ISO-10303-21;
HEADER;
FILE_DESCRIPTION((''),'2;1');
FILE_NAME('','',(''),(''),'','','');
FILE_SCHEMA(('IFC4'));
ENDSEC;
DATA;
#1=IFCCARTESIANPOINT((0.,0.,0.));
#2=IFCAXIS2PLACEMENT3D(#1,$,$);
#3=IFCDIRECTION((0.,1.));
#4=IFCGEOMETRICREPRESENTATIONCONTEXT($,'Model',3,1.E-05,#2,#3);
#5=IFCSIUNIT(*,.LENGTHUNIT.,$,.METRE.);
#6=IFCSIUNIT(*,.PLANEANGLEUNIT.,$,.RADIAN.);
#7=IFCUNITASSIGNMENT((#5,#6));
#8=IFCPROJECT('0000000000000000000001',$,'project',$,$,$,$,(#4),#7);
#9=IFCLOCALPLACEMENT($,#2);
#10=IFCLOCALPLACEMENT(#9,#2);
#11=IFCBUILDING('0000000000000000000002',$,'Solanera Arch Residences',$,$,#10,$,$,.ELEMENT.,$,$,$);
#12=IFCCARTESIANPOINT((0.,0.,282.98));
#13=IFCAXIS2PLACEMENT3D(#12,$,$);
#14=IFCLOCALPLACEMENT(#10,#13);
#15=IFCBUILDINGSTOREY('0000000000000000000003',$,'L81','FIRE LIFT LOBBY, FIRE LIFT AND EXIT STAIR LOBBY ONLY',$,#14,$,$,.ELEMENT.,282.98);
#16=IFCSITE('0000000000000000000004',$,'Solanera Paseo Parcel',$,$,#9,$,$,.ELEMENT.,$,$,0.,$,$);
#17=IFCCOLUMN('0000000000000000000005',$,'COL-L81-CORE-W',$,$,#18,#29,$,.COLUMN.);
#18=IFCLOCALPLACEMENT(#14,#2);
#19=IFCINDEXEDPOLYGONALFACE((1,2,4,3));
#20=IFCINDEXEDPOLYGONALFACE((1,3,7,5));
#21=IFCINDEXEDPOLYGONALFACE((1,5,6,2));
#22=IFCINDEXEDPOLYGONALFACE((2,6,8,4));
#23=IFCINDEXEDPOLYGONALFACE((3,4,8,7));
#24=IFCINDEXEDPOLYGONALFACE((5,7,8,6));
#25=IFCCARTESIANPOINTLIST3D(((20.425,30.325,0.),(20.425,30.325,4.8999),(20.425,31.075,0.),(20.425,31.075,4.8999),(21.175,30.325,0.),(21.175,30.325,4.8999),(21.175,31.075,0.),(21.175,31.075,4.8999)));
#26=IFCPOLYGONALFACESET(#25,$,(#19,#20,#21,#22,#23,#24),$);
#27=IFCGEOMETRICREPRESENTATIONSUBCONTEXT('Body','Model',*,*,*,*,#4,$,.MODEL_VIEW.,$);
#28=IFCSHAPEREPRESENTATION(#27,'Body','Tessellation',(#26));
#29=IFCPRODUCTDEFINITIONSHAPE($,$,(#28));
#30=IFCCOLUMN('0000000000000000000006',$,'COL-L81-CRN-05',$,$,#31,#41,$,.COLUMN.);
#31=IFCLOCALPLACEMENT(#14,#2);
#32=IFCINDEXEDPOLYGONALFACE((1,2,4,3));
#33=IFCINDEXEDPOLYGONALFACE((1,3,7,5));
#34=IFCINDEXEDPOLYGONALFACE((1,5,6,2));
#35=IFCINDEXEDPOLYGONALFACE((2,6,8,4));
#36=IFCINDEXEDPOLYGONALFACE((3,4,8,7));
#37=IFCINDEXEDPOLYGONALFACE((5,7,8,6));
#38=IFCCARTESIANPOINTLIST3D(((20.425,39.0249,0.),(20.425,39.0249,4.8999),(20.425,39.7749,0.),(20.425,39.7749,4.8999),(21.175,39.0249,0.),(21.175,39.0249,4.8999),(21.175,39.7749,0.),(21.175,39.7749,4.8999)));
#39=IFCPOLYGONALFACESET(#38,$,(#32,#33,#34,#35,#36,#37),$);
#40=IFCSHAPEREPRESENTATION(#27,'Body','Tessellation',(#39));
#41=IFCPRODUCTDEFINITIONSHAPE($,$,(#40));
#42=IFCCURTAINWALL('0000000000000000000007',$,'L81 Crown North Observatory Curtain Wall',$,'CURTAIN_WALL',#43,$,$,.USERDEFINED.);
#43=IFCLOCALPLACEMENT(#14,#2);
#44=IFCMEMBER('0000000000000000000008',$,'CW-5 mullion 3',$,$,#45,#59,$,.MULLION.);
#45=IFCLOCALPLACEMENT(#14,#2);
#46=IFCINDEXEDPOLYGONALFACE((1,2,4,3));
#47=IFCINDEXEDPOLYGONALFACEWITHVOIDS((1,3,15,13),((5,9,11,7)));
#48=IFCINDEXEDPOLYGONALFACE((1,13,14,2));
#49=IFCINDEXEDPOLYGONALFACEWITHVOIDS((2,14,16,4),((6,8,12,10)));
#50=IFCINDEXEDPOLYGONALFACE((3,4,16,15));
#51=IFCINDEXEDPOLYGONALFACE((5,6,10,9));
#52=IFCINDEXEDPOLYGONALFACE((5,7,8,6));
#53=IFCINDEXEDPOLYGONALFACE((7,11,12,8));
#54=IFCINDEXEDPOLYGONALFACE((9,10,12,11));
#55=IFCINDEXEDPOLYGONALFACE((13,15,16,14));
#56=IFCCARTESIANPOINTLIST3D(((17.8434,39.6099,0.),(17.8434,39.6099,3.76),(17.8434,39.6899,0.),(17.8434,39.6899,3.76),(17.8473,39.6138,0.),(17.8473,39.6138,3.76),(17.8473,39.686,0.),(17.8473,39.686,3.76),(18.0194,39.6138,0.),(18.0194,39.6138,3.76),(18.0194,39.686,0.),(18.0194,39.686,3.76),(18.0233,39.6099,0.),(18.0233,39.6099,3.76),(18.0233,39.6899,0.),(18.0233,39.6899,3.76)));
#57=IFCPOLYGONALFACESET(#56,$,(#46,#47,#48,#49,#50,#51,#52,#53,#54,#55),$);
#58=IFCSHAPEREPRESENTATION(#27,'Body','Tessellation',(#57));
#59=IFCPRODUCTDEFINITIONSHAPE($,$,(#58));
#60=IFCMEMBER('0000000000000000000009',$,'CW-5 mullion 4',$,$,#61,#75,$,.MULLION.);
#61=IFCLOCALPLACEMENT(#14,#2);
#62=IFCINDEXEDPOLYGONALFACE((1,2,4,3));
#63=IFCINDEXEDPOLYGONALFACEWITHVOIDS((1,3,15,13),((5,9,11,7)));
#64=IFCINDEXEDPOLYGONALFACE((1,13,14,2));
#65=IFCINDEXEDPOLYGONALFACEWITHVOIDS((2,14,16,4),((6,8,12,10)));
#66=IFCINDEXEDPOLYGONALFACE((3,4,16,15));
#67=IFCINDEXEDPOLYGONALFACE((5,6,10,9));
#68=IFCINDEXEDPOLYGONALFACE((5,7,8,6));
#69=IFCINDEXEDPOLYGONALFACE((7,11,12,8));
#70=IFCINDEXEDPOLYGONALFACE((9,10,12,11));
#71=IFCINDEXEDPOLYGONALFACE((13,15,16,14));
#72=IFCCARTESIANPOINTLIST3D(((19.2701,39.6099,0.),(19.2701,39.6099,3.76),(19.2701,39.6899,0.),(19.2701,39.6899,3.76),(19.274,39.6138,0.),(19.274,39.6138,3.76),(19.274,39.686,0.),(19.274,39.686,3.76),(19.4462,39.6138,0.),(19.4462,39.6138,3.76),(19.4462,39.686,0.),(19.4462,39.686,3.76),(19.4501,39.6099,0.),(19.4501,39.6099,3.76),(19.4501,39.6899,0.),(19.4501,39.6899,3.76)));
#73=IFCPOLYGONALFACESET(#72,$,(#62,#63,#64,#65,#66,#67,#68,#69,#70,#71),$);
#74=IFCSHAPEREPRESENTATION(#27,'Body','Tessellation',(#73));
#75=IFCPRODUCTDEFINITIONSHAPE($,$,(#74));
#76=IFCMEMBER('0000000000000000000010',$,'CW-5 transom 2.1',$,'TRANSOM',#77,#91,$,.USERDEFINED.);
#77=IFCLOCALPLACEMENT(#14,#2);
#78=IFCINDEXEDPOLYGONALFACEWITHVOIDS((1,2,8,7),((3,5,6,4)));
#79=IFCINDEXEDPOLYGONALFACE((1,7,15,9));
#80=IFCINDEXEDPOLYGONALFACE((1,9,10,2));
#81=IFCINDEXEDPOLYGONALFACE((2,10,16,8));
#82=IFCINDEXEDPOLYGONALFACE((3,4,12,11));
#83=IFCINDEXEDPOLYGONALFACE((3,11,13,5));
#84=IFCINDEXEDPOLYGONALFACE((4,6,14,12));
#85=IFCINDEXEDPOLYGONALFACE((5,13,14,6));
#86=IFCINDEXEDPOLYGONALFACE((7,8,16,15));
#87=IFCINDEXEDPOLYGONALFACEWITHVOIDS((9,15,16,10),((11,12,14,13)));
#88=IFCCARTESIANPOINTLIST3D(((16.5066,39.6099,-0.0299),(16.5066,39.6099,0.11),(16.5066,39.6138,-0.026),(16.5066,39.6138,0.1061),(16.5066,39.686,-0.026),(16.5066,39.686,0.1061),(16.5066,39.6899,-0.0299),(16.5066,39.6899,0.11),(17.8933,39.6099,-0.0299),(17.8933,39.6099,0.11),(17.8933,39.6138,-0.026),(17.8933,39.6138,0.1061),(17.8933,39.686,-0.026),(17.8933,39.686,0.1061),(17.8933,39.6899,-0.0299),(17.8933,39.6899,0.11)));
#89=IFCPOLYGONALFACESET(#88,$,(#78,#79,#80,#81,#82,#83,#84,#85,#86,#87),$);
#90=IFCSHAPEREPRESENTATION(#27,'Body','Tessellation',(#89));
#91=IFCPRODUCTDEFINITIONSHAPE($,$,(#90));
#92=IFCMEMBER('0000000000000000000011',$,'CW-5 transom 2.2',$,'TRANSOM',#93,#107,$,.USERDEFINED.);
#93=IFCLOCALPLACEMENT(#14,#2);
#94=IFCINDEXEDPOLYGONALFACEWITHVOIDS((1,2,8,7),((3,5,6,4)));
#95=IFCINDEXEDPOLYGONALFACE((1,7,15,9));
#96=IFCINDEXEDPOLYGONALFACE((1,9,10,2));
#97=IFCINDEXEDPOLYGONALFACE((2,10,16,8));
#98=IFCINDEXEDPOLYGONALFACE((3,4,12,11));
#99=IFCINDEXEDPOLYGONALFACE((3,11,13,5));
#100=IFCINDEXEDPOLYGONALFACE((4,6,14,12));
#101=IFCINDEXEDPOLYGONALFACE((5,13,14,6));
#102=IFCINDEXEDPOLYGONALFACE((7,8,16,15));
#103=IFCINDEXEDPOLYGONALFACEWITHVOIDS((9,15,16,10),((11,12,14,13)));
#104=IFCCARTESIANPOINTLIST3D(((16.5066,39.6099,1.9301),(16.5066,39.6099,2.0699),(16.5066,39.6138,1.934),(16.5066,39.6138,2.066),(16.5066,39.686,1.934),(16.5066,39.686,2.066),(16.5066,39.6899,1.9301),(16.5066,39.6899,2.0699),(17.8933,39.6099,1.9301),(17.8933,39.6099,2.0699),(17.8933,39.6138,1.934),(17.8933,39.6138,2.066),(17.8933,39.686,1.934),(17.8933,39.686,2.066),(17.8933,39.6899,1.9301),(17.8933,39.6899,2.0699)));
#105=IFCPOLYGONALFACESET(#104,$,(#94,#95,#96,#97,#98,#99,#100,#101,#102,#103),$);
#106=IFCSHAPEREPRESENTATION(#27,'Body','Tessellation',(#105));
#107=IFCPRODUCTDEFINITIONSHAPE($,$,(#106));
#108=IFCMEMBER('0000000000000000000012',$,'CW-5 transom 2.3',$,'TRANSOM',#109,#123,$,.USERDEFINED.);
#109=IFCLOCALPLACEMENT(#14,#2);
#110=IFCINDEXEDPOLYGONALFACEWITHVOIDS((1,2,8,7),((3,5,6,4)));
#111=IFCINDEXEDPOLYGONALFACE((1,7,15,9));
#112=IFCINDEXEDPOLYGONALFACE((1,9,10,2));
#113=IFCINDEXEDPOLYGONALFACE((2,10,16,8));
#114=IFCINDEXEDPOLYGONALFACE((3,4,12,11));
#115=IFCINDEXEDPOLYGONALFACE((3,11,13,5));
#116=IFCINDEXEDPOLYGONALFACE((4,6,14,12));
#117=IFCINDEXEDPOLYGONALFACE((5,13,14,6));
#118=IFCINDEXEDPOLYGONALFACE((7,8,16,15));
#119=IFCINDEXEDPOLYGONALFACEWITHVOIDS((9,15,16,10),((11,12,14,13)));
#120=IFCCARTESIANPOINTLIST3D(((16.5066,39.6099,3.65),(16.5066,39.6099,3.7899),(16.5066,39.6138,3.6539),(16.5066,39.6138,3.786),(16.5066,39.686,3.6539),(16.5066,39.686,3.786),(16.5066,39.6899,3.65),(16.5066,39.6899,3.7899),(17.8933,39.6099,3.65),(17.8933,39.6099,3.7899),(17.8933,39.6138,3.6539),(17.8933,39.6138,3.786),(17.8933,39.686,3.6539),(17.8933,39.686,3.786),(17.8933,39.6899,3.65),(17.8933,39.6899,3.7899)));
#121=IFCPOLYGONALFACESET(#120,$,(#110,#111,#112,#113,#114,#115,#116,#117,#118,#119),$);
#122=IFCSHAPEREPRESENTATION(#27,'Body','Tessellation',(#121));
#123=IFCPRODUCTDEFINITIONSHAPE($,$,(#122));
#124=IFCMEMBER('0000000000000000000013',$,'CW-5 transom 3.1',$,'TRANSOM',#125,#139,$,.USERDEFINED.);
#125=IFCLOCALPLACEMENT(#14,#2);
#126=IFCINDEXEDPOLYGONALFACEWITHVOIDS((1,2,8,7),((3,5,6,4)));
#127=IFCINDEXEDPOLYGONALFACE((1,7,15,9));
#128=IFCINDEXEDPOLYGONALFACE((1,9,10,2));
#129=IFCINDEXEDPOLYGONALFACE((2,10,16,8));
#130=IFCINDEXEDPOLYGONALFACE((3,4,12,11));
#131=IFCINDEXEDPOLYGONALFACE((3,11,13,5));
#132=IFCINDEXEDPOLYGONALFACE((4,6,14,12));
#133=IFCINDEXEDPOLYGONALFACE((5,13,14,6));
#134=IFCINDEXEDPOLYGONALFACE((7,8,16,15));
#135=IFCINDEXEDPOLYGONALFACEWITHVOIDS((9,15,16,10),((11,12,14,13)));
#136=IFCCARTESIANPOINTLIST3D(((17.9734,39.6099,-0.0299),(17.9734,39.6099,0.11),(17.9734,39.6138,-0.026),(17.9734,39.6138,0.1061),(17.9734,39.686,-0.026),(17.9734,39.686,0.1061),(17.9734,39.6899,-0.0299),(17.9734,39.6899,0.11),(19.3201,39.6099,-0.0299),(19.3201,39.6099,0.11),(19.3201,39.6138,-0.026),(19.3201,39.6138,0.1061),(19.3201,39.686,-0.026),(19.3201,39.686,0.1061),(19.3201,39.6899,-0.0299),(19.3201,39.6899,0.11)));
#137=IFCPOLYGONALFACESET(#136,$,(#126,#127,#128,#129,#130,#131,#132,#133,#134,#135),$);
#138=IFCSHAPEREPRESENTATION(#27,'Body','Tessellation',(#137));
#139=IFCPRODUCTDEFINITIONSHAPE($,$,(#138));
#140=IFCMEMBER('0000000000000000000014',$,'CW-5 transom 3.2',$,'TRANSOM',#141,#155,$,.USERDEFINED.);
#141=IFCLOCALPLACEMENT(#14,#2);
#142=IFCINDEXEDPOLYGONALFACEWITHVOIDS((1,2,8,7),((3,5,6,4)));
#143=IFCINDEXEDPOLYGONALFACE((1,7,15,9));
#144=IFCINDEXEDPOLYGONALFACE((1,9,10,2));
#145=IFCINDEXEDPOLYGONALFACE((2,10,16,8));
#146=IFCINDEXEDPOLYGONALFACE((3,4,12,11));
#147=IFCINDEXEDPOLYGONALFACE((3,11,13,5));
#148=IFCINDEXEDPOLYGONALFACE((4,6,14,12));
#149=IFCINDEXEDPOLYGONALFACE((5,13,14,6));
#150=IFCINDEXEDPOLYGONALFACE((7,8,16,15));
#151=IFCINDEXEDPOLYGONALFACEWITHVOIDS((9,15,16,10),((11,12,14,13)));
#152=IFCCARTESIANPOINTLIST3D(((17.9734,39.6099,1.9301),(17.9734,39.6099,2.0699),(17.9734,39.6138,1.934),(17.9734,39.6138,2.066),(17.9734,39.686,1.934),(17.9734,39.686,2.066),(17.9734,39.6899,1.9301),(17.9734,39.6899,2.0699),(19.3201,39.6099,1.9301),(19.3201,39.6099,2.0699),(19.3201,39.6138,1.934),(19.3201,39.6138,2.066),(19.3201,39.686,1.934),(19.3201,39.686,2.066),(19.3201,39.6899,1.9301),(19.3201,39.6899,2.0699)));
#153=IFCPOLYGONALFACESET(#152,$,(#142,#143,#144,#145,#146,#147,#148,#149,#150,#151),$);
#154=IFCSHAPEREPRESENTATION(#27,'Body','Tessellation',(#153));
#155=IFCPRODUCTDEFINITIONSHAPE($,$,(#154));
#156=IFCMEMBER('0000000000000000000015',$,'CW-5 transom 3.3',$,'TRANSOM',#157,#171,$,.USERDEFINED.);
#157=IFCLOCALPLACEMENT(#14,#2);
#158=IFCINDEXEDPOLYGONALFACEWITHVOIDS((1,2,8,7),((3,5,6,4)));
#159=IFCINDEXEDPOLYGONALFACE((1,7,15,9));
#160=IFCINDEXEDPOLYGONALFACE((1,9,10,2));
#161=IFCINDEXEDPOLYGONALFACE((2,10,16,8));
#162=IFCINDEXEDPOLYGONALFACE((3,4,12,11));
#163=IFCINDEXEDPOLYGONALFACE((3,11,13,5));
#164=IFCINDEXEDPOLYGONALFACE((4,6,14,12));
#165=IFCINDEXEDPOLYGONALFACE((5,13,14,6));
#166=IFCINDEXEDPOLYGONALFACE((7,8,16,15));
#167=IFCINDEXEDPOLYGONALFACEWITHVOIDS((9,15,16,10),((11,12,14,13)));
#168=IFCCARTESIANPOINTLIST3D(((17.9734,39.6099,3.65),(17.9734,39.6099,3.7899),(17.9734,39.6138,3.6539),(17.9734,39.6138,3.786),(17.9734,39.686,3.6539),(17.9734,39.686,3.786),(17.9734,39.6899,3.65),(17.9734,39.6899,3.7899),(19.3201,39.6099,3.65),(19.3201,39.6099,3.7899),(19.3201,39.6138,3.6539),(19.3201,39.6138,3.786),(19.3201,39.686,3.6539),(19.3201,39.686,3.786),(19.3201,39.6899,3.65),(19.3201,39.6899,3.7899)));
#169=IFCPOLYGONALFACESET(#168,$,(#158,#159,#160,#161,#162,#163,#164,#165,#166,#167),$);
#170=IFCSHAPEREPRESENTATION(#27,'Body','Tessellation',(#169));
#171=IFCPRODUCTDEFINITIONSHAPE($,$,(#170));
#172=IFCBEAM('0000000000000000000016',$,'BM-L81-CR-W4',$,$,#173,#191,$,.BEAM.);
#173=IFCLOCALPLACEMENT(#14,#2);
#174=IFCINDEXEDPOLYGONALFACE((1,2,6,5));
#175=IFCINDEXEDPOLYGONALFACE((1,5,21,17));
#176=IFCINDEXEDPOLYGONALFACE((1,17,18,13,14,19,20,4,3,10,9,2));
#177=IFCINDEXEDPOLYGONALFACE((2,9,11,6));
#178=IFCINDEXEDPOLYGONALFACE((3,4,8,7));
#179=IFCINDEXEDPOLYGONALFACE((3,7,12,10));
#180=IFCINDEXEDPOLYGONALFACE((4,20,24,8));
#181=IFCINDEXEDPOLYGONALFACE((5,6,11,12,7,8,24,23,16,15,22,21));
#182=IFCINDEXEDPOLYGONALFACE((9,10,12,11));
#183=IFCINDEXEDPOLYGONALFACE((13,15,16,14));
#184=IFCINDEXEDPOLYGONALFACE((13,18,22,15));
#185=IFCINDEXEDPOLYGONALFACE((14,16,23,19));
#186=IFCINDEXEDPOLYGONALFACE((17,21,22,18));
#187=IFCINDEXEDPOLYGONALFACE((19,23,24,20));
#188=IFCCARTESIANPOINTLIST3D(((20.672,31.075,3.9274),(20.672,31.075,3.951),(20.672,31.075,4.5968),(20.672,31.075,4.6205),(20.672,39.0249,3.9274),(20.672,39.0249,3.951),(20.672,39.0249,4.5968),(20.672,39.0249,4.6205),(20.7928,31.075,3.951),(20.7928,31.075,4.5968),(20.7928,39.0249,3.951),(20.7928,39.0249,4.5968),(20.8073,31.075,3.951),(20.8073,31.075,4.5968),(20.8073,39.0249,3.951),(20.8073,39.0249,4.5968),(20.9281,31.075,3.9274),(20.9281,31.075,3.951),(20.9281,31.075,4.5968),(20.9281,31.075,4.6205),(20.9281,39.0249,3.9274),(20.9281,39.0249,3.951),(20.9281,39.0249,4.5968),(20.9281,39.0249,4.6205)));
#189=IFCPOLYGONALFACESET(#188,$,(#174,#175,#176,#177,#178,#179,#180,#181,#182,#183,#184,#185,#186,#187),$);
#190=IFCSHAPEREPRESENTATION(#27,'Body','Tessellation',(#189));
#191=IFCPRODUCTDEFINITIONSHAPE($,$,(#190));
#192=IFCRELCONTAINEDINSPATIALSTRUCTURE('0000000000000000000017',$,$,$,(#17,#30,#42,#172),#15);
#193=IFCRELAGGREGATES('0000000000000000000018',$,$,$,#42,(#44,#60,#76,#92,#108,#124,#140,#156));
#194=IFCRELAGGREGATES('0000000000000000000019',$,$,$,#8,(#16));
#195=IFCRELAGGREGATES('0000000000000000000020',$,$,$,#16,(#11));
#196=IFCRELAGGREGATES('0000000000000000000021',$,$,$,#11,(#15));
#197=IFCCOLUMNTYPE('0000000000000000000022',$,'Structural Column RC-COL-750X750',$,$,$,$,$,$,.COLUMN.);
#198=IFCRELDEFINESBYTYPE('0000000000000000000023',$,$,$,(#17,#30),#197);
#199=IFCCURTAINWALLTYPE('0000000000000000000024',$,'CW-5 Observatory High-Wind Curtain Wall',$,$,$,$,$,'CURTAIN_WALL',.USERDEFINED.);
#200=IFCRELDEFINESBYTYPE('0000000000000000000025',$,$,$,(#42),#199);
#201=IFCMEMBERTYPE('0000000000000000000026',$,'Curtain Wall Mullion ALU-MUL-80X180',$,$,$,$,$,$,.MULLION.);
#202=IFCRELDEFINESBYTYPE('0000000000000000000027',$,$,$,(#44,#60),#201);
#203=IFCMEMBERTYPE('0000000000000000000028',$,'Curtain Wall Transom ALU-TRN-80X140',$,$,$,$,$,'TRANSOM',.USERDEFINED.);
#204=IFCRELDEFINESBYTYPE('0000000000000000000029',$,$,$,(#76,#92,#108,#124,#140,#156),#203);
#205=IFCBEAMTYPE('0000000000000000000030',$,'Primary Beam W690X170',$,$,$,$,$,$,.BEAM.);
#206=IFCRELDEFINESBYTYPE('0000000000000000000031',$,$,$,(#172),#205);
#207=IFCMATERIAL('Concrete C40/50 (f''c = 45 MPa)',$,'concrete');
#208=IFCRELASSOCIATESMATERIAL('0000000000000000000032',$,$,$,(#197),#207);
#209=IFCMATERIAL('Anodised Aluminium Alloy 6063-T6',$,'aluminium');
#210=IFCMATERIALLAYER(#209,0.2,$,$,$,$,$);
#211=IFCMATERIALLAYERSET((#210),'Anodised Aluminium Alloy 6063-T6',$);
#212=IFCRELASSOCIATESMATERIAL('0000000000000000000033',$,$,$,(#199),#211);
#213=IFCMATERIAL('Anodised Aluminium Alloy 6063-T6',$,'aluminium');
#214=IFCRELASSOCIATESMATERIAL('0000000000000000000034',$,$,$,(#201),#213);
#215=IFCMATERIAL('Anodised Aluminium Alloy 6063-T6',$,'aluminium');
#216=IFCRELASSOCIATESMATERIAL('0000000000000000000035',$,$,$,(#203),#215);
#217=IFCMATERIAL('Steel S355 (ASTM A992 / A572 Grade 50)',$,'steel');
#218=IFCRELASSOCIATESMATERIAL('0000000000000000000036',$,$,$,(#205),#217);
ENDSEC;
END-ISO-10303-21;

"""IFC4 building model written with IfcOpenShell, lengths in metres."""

from ifc_helpers import new_model, si_unit, direction, frame, origin, origin_2d, place, context, subcontext, project, spatial, rectangle, hollow_rectangle, i_section, extrude, material, layer, layer_set, material_profile, profile_set, type_object, element, aggregate, save


model = new_model("IFC4")

# Units and contexts
model_context = context("Model", 3, precision=1e-05, world=origin(), true_north=direction((0.0, 1.0)))
body_context = subcontext(model_context, "Body", "Model", "MODEL_VIEW")
ifc_project = project(units=[si_unit("LENGTHUNIT", "METRE"), si_unit("PLANEANGLEUNIT", "RADIAN")], contexts=[model_context])

# Site, building, storey
site_placement = place(None, origin())
site = spatial("IfcSite", under=ifc_project, at=site_placement, Name="Solanera Paseo Parcel", CompositionType="ELEMENT", RefElevation=0.0)
building_placement = place(site_placement, origin())
building = spatial("IfcBuilding", under=site, at=building_placement, Name="Solanera Arch Residences", CompositionType="ELEMENT")
storey_placement = place(building_placement, frame((0.0, 0.0, 282.98)))
storey = spatial("IfcBuildingStorey", under=building, at=storey_placement, Name="L81", Description="FIRE LIFT LOBBY, FIRE LIFT AND EXIT STAIR LOBBY ONLY", CompositionType="ELEMENT", Elevation=282.98)

# Columns
ifc_material_1 = material(Name="Concrete C40/50 (f'c = 45 MPa)", Category="concrete")
ifc_material_profile_1 = material_profile(ifc_material_1, rectangle(XDim=0.75, YDim=0.75, at=origin_2d()))
ifc_profile_set_1 = profile_set([ifc_material_profile_1], Name="Concrete C40/50 (f'c = 45 MPa)")
column_type = type_object("IfcColumnType", Name="Structural Column RC-COL-750X750", PredefinedType="COLUMN", material=ifc_profile_set_1)
for number, where, z_axis, x_axis, name in (
    (1, (20.8, 30.7, 0.0), (0.0, 0.0, 1.0), (1.0, 0.0, 0.0), "COL-L81-CORE-W"),
    (2, (20.8, 39.3999, 0.0), (0.0, 0.0, 1.0), (1.0, 0.0, 0.0), "COL-L81-CRN-05"),
):
    element("IfcColumn", number, at=place(storey_placement, frame(where, z_axis=z_axis, x_axis=x_axis)), inside=storey, type_object=column_type, Name=name, PredefinedType="COLUMN", context=body_context, shape_type="SweptSolid", body=[
        extrude(rectangle(XDim=0.75, YDim=0.75, at=origin_2d()), origin(), (0.0, 0.0, 1.0), 4.8999),
    ])

# Curtain wall, members
ifc_material_2 = material(Name="Anodised Aluminium Alloy 6063-T6", Category="aluminium")
ifc_layer_1 = layer(ifc_material_2, 0.2)
ifc_layer_set_1 = layer_set([ifc_layer_1], Name="Anodised Aluminium Alloy 6063-T6")
curtain_wall_type = type_object("IfcCurtainWallType", Name="CW-5 Observatory High-Wind Curtain Wall", ElementType="CURTAIN_WALL", PredefinedType="USERDEFINED", material=ifc_layer_set_1)
curtain_wall_placement = place(storey_placement, origin())
curtain_wall = element("IfcCurtainWall", 3, at=curtain_wall_placement, inside=storey, type_object=curtain_wall_type, Name="L81 Crown North Observatory Curtain Wall", ObjectType="CURTAIN_WALL", PredefinedType="USERDEFINED")
ifc_material_3 = material(Name="Anodised Aluminium Alloy 6063-T6", Category="aluminium")
ifc_material_profile_2 = material_profile(ifc_material_3, hollow_rectangle(XDim=0.0801, YDim=0.1799, WallThickness=0.0039, at=origin_2d()))
ifc_profile_set_2 = profile_set([ifc_material_profile_2], Name="Anodised Aluminium Alloy 6063-T6")
member_type_1 = type_object("IfcMemberType", Name="Curtain Wall Mullion ALU-MUL-80X180", PredefinedType="MULLION", material=ifc_profile_set_2)
member_1_placement = place(storey_placement, frame((17.9333, 39.6499, 0.0), z_axis=(0.0, 0.0, 1.0), x_axis=(0.0, 1.0, 0.0)))
member_1 = element("IfcMember", 4, at=member_1_placement, type_object=member_type_1, Name="CW-5 mullion 3", PredefinedType="MULLION", context=body_context, shape_type="SweptSolid", body=[
    extrude(hollow_rectangle(XDim=0.0801, YDim=0.1799, WallThickness=0.0039, at=origin_2d()), origin(), (0.0, 0.0, 1.0), 3.76),
])
member_2_placement = place(storey_placement, frame((19.3601, 39.6499, 0.0), z_axis=(0.0, 0.0, 1.0), x_axis=(0.0, 1.0, 0.0)))
member_2 = element("IfcMember", 5, at=member_2_placement, type_object=member_type_1, Name="CW-5 mullion 4", PredefinedType="MULLION", context=body_context, shape_type="SweptSolid", body=[
    extrude(hollow_rectangle(XDim=0.0801, YDim=0.1799, WallThickness=0.0039, at=origin_2d()), origin(), (0.0, 0.0, 1.0), 3.76),
])
ifc_material_4 = material(Name="Anodised Aluminium Alloy 6063-T6", Category="aluminium")
ifc_material_profile_3 = material_profile(ifc_material_4, hollow_rectangle(XDim=0.0801, YDim=0.1399, WallThickness=0.0039, at=origin_2d()))
ifc_profile_set_3 = profile_set([ifc_material_profile_3], Name="Anodised Aluminium Alloy 6063-T6")
member_type_2 = type_object("IfcMemberType", Name="Curtain Wall Transom ALU-TRN-80X140", ElementType="TRANSOM", PredefinedType="USERDEFINED", material=ifc_profile_set_3)
member_3_placement = place(storey_placement, frame((16.5066, 39.6499, 0.04), z_axis=(1.0, 0.0, 0.0), x_axis=(0.0, 1.0, 0.0)))
member_3 = element("IfcMember", 6, at=member_3_placement, type_object=member_type_2, Name="CW-5 transom 2.1", ObjectType="TRANSOM", PredefinedType="USERDEFINED", context=body_context, shape_type="SweptSolid", body=[
    extrude(hollow_rectangle(XDim=0.0801, YDim=0.1399, WallThickness=0.0039, at=origin_2d()), origin(), (0.0, 0.0, 1.0), 1.3867),
])
member_4_placement = place(storey_placement, frame((16.5066, 39.6499, 2.0), z_axis=(1.0, 0.0, 0.0), x_axis=(0.0, 1.0, 0.0)))
member_4 = element("IfcMember", 7, at=member_4_placement, type_object=member_type_2, Name="CW-5 transom 2.2", ObjectType="TRANSOM", PredefinedType="USERDEFINED", context=body_context, shape_type="SweptSolid", body=[
    extrude(hollow_rectangle(XDim=0.0801, YDim=0.1399, WallThickness=0.0039, at=origin_2d()), origin(), (0.0, 0.0, 1.0), 1.3867),
])
member_5_placement = place(storey_placement, frame((16.5066, 39.6499, 3.72), z_axis=(1.0, 0.0, 0.0), x_axis=(0.0, 1.0, 0.0)))
member_5 = element("IfcMember", 8, at=member_5_placement, type_object=member_type_2, Name="CW-5 transom 2.3", ObjectType="TRANSOM", PredefinedType="USERDEFINED", context=body_context, shape_type="SweptSolid", body=[
    extrude(hollow_rectangle(XDim=0.0801, YDim=0.1399, WallThickness=0.0039, at=origin_2d()), origin(), (0.0, 0.0, 1.0), 1.3867),
])
member_6_placement = place(storey_placement, frame((17.9734, 39.6499, 0.04), z_axis=(1.0, 0.0, 0.0), x_axis=(0.0, 1.0, 0.0)))
member_6 = element("IfcMember", 9, at=member_6_placement, type_object=member_type_2, Name="CW-5 transom 3.1", ObjectType="TRANSOM", PredefinedType="USERDEFINED", context=body_context, shape_type="SweptSolid", body=[
    extrude(hollow_rectangle(XDim=0.0801, YDim=0.1399, WallThickness=0.0039, at=origin_2d()), origin(), (0.0, 0.0, 1.0), 1.3467),
])
member_7_placement = place(storey_placement, frame((17.9734, 39.6499, 2.0), z_axis=(1.0, 0.0, 0.0), x_axis=(0.0, 1.0, 0.0)))
member_7 = element("IfcMember", 10, at=member_7_placement, type_object=member_type_2, Name="CW-5 transom 3.2", ObjectType="TRANSOM", PredefinedType="USERDEFINED", context=body_context, shape_type="SweptSolid", body=[
    extrude(hollow_rectangle(XDim=0.0801, YDim=0.1399, WallThickness=0.0039, at=origin_2d()), origin(), (0.0, 0.0, 1.0), 1.3467),
])
member_8_placement = place(storey_placement, frame((17.9734, 39.6499, 3.72), z_axis=(1.0, 0.0, 0.0), x_axis=(0.0, 1.0, 0.0)))
member_8 = element("IfcMember", 11, at=member_8_placement, type_object=member_type_2, Name="CW-5 transom 3.3", ObjectType="TRANSOM", PredefinedType="USERDEFINED", context=body_context, shape_type="SweptSolid", body=[
    extrude(hollow_rectangle(XDim=0.0801, YDim=0.1399, WallThickness=0.0039, at=origin_2d()), origin(), (0.0, 0.0, 1.0), 1.3467),
])

# Beam
ifc_material_5 = material(Name="Steel S355 (ASTM A992 / A572 Grade 50)", Category="steel")
ifc_material_profile_4 = material_profile(ifc_material_5, i_section(OverallWidth=0.2561, OverallDepth=0.6931, WebThickness=0.0144, FlangeThickness=0.0237, at=origin_2d()))
ifc_profile_set_4 = profile_set([ifc_material_profile_4], Name="Steel S355 (ASTM A992 / A572 Grade 50)")
beam_type = type_object("IfcBeamType", Name="Primary Beam W690X170", PredefinedType="BEAM", material=ifc_profile_set_4)
beam_placement = place(storey_placement, frame((20.8, 31.075, 4.2739), z_axis=(0.0, 1.0, 0.0), x_axis=(-1.0, 0.0, 0.0)))
element("IfcBeam", 12, at=beam_placement, inside=storey, type_object=beam_type, Name="BM-L81-CR-W4", PredefinedType="BEAM", context=body_context, shape_type="SweptSolid", body=[
    extrude(i_section(OverallWidth=0.2561, OverallDepth=0.6931, WebThickness=0.0144, FlangeThickness=0.0237, at=origin_2d()), origin(), (0.0, 0.0, 1.0), 7.95),
])

aggregate(curtain_wall, [member_1, member_2, member_3, member_4, member_5, member_6, member_7, member_8])

save(model, "model.ifc")
